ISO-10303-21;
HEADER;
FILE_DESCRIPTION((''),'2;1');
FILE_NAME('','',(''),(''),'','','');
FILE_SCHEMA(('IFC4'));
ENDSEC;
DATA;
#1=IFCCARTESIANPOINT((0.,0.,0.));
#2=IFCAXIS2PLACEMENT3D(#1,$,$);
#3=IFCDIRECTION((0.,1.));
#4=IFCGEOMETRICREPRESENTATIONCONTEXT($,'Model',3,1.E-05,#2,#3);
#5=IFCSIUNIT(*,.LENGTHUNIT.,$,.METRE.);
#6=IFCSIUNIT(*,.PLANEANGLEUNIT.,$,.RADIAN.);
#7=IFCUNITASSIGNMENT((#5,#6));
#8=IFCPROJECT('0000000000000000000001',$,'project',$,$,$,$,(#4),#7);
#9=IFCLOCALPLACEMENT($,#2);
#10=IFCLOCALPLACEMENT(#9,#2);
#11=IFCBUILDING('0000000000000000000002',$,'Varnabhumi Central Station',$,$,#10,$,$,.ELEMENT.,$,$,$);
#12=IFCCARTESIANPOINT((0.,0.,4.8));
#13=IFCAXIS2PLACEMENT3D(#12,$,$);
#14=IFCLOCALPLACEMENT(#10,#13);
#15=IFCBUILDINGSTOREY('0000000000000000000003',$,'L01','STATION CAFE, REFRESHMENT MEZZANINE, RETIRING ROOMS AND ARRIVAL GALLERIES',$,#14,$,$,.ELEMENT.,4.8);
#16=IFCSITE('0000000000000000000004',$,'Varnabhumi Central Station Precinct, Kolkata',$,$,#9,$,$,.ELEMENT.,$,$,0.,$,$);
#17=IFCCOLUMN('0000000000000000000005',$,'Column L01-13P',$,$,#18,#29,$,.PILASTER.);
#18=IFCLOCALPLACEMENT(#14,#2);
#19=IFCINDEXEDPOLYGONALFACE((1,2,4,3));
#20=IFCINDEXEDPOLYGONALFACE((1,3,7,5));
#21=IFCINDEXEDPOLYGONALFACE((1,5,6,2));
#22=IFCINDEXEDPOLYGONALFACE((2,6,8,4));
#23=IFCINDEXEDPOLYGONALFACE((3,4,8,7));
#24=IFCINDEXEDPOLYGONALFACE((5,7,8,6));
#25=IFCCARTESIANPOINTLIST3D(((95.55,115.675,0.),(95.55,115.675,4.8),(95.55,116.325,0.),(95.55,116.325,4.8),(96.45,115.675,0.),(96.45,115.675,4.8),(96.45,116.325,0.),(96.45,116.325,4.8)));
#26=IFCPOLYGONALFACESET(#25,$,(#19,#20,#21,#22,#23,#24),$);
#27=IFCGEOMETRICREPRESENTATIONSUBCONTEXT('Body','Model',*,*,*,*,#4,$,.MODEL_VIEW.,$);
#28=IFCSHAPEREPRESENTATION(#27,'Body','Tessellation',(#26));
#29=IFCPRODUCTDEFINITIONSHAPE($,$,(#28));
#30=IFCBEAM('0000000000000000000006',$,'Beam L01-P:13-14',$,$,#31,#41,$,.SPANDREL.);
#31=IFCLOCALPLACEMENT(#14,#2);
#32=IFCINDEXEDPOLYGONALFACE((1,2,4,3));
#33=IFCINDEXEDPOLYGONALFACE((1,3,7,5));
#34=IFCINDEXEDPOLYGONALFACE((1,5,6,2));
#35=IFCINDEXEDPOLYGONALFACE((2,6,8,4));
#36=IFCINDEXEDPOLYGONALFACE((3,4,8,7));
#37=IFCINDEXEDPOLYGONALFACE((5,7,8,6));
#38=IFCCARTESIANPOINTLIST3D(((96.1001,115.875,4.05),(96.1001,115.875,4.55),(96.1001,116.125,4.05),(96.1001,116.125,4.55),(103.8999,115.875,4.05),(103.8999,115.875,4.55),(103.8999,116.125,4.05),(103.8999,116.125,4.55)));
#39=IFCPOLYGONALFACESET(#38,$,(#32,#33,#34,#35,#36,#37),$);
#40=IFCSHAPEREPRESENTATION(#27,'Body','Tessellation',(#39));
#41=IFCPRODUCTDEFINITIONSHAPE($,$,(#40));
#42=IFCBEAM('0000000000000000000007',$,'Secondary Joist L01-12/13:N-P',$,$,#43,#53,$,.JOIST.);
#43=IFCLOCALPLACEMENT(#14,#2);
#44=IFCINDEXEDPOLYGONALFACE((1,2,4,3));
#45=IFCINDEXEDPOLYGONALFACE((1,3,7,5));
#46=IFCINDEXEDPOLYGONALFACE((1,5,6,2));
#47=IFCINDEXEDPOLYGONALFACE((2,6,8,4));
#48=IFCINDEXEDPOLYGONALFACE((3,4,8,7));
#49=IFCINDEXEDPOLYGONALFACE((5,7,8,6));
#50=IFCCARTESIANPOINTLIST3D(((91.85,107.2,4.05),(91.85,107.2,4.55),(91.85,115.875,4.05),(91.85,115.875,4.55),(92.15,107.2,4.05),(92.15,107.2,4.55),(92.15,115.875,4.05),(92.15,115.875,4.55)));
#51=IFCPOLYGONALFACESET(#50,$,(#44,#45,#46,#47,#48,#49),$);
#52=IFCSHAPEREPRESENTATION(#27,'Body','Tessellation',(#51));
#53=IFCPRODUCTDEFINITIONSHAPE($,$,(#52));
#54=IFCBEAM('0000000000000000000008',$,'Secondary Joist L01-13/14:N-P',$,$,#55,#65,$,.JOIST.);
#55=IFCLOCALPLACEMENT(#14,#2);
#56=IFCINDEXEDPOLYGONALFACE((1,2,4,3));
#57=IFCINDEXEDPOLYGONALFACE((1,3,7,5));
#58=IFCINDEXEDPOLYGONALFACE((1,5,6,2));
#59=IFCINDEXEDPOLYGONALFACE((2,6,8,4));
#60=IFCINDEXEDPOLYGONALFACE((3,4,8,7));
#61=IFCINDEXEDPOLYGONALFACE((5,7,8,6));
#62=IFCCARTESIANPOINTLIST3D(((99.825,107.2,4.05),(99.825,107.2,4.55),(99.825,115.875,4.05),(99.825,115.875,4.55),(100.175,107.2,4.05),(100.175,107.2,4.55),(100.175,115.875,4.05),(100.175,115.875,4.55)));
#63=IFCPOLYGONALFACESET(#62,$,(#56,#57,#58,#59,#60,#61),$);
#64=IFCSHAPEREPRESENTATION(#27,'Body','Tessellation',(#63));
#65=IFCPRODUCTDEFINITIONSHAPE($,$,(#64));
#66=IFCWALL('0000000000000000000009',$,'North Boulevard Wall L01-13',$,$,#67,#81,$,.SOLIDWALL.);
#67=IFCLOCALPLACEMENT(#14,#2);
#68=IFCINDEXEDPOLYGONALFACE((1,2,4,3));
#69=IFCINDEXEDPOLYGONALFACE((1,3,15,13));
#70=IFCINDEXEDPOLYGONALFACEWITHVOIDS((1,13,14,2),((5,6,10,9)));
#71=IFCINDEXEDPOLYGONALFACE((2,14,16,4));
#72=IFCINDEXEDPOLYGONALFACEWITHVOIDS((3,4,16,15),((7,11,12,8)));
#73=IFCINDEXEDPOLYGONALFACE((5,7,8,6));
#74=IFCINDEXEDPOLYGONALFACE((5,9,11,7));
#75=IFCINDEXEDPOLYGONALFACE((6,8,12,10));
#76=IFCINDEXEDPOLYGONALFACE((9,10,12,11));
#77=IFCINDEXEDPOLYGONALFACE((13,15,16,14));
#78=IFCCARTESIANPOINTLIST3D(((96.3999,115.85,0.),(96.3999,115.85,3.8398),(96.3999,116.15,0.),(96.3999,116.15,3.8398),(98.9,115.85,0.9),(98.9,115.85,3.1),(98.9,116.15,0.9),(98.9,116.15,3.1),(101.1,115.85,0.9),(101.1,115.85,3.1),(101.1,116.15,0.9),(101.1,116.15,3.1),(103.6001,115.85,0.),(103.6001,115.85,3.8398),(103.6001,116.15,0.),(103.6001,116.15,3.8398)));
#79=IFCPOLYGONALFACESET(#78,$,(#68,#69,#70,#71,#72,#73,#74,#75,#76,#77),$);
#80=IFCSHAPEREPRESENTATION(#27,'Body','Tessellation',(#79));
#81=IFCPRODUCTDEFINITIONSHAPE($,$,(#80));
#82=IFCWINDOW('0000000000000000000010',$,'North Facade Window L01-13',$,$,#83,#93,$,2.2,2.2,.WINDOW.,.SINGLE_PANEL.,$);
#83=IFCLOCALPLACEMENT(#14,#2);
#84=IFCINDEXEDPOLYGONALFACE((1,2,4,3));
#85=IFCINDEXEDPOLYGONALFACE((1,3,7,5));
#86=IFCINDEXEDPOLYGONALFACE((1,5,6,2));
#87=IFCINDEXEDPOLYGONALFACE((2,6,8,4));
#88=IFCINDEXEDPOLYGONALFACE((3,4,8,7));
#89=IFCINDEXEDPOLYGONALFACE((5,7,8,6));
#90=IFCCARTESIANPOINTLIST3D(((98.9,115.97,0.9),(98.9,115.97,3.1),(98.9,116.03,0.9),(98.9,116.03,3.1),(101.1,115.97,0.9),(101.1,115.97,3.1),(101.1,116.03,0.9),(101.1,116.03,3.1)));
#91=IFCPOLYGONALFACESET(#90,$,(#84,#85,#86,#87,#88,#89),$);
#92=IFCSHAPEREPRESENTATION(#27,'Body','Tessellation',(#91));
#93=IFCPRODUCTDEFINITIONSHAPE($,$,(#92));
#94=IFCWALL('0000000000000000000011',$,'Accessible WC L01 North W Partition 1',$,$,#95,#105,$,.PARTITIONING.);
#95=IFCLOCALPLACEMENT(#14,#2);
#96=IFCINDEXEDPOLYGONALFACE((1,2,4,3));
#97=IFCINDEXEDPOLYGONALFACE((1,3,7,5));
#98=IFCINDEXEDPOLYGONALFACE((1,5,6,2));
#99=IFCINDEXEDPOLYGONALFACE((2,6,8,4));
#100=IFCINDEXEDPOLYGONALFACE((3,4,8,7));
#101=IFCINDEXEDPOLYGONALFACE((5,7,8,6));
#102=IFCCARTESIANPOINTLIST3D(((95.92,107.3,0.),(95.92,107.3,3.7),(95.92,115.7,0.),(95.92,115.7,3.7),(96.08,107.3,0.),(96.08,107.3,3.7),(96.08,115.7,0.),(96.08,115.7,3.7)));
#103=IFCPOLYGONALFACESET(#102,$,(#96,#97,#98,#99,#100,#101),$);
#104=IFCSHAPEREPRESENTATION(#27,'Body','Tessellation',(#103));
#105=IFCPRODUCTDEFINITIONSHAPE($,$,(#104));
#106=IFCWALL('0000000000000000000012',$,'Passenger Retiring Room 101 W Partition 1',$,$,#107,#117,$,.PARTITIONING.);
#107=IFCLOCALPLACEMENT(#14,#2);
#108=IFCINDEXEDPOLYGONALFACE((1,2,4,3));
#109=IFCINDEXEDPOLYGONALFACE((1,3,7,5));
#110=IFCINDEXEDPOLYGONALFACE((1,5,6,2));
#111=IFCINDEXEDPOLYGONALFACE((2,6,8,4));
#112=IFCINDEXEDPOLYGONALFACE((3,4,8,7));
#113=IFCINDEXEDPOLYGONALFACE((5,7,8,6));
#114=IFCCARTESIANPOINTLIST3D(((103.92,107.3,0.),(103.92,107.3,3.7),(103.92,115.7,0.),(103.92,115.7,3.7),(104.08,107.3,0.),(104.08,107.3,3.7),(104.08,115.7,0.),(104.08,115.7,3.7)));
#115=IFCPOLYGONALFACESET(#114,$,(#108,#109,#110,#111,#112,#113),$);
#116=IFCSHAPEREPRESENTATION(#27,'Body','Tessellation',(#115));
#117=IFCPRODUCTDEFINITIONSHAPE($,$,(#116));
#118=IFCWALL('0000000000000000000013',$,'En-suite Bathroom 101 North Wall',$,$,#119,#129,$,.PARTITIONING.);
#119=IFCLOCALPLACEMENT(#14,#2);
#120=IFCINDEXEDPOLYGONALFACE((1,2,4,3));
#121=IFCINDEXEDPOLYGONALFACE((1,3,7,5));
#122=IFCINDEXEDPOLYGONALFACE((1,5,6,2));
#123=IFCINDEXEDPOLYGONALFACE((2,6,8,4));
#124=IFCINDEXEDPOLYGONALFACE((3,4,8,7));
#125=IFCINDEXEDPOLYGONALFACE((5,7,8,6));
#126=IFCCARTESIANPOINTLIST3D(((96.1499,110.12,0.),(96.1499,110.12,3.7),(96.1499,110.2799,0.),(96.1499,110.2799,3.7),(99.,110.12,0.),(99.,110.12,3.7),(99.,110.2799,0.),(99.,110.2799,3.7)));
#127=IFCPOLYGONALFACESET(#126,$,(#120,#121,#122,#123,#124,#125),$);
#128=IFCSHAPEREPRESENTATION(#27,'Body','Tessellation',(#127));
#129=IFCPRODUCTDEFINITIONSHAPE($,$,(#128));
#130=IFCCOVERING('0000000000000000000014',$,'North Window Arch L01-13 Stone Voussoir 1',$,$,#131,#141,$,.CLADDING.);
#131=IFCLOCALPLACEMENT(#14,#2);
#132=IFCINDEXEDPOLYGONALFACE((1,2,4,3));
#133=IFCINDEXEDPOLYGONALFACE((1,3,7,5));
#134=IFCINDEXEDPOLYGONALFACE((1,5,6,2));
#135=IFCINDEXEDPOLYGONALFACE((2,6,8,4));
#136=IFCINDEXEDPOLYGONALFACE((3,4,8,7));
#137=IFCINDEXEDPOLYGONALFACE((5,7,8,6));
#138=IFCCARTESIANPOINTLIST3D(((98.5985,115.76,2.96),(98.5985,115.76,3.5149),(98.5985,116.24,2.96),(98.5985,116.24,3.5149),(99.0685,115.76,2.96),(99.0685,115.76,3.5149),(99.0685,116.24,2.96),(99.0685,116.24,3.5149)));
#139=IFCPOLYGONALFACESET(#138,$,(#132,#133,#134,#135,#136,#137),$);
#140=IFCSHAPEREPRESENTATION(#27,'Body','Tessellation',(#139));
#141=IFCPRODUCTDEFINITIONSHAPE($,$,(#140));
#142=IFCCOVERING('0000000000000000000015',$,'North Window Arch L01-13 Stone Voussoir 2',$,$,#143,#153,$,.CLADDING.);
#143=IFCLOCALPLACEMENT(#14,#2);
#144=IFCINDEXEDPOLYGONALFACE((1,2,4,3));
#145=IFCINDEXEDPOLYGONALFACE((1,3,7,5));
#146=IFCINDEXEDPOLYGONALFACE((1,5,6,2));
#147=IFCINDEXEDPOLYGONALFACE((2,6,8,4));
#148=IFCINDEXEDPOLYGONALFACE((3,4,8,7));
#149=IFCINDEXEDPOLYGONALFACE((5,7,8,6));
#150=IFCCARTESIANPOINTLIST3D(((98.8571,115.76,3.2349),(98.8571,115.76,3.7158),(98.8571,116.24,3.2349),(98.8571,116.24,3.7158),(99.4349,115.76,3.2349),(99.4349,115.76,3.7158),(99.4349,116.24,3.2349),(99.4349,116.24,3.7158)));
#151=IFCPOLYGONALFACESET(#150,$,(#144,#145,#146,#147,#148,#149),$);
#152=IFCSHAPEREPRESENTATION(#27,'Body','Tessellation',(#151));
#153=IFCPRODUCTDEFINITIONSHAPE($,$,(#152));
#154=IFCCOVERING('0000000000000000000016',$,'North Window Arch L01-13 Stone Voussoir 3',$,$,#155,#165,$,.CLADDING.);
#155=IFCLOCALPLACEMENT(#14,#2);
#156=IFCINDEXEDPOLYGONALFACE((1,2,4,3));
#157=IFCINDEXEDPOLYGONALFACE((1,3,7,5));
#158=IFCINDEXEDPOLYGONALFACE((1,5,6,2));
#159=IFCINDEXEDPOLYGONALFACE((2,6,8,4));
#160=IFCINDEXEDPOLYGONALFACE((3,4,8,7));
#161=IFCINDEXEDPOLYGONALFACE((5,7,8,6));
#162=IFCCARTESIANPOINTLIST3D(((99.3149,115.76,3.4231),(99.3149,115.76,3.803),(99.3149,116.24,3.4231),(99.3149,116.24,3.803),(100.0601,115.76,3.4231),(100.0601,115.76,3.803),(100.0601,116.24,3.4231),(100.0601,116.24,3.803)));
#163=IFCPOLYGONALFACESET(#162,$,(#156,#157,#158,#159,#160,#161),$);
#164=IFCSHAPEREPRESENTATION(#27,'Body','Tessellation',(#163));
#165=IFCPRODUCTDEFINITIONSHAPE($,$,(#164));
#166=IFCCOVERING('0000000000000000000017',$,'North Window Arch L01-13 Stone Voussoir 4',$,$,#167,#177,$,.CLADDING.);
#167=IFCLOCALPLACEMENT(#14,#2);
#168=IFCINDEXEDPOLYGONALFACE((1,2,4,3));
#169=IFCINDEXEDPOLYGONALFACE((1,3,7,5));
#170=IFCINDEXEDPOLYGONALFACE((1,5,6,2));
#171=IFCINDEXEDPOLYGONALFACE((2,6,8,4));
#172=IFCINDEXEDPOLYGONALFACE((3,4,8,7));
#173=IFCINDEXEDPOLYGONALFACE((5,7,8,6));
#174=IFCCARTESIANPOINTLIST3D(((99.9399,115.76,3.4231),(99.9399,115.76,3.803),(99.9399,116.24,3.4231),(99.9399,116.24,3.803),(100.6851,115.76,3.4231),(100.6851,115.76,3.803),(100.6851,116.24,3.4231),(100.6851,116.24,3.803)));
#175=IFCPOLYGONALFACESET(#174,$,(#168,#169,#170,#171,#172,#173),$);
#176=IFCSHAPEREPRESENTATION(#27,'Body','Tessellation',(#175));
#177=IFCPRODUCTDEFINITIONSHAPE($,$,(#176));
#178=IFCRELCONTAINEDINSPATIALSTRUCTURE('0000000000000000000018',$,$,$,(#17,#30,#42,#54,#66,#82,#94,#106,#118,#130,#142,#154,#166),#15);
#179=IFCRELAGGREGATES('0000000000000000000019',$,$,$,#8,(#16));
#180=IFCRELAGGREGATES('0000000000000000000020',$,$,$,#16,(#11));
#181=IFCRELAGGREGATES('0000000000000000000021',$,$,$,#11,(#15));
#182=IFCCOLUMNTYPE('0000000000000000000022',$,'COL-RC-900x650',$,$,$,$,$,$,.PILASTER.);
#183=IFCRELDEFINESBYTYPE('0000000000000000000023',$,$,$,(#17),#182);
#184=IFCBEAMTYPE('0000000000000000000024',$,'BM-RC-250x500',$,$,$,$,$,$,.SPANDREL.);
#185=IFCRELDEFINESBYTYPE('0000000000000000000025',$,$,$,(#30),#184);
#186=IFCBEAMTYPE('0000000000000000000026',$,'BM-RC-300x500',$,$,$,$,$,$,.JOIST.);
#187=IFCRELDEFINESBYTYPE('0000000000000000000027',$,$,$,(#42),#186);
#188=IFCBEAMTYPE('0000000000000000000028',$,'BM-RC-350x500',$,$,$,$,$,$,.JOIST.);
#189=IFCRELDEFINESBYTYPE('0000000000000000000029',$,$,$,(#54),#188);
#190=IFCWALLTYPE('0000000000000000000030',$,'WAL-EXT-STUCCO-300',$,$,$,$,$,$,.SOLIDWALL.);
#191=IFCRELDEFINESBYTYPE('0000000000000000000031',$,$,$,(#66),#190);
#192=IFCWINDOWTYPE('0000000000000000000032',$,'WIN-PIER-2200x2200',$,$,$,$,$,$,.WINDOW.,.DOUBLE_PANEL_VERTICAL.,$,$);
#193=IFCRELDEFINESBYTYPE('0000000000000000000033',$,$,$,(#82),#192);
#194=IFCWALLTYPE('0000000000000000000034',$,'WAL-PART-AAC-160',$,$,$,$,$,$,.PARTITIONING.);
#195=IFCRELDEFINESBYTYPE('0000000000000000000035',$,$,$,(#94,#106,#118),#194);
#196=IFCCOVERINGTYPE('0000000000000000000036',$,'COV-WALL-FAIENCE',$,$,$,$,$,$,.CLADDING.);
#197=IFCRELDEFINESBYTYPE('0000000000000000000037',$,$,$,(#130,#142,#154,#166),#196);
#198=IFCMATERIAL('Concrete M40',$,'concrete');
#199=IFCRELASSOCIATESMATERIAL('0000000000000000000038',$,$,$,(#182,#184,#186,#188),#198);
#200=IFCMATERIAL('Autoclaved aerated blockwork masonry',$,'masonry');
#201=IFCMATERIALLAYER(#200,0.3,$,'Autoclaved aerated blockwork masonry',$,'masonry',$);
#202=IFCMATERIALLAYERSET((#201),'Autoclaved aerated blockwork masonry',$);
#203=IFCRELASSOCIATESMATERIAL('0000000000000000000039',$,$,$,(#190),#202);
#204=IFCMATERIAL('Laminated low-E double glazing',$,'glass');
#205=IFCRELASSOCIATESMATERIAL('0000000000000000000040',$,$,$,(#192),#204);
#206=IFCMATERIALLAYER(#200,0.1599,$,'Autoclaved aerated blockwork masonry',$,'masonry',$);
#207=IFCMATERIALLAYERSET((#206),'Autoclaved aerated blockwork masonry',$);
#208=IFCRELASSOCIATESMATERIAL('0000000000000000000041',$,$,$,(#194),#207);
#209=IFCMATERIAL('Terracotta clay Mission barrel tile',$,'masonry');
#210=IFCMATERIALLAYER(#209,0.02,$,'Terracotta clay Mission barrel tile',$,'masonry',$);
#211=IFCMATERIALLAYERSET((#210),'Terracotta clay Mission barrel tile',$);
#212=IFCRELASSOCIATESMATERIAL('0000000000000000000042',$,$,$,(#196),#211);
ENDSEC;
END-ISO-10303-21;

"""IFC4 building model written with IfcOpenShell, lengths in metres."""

from ifc_helpers import new_model, si_unit, direction, frame, frame_2d, origin, origin_2d, place, context, subcontext, project, spatial, rectangle, extrude, material, layer, layer_set, material_profile, profile_set, type_object, element, fill, save


model = new_model("IFC4")

# Units and contexts
model_context = context("Model", 3, precision=1e-05, world=origin(), true_north=direction((0.0, 1.0)))
body_context = subcontext(model_context, "Body", "Model", "MODEL_VIEW")
ifc_project = project(units=[si_unit("LENGTHUNIT", "METRE"), si_unit("PLANEANGLEUNIT", "RADIAN")], contexts=[model_context])

# Site, building, storey
site_placement = place(None, origin())
site = spatial("IfcSite", under=ifc_project, at=site_placement, Name="Varnabhumi Central Station Precinct, Kolkata", CompositionType="ELEMENT", RefElevation=0.0)
building_placement = place(site_placement, origin())
building = spatial("IfcBuilding", under=site, at=building_placement, Name="Varnabhumi Central Station", CompositionType="ELEMENT")
storey_placement = place(building_placement, frame((0.0, 0.0, 4.8)))
storey = spatial("IfcBuildingStorey", under=building, at=storey_placement, Name="L01", Description="STATION CAFE, REFRESHMENT MEZZANINE, RETIRING ROOMS AND ARRIVAL GALLERIES", CompositionType="ELEMENT", Elevation=4.8)

# Column
ifc_material_1 = material(Name="Concrete M40", Category="concrete")
ifc_material_profile_1 = material_profile(ifc_material_1, rectangle(XDim=0.8999, YDim=0.6499, at=origin_2d()), Name="Concrete M40", Category="concrete")
ifc_profile_set_1 = profile_set([ifc_material_profile_1], Name="Concrete M40")
column_type = type_object("IfcColumnType", Name="COL-RC-900x650", PredefinedType="PILASTER", material=ifc_profile_set_1)
column_placement = place(storey_placement, frame((96.0, 116.0, 0.0), z_axis=(0.0, 0.0, 1.0), x_axis=(1.0, 0.0, 0.0)))
element("IfcColumn", 1, at=column_placement, inside=storey, type_object=column_type, Name="Column L01-13P", PredefinedType="PILASTER", context=body_context, shape_type="SweptSolid", body=[
    extrude(rectangle(XDim=0.8999, YDim=0.6499, at=origin_2d()), origin(), (0.0, 0.0, 1.0), 4.8),
])

# Beams
ifc_material_profile_2 = material_profile(ifc_material_1, rectangle(XDim=0.25, YDim=0.5, at=origin_2d()), Name="Concrete M40", Category="concrete")
ifc_profile_set_2 = profile_set([ifc_material_profile_2], Name="Concrete M40")
beam_type_1 = type_object("IfcBeamType", Name="BM-RC-250x500", PredefinedType="SPANDREL", material=ifc_profile_set_2)
beam_1_placement = place(storey_placement, frame((96.1001, 116.0, 4.3), z_axis=(1.0, 0.0, 0.0), x_axis=(0.0, 1.0, 0.0)))
element("IfcBeam", 2, at=beam_1_placement, inside=storey, type_object=beam_type_1, Name="Beam L01-P:13-14", PredefinedType="SPANDREL", context=body_context, shape_type="SweptSolid", body=[
    extrude(rectangle(XDim=0.25, YDim=0.5, at=origin_2d()), origin(), (0.0, 0.0, 1.0), 7.7998),
])
ifc_material_profile_3 = material_profile(ifc_material_1, rectangle(XDim=0.3, YDim=0.5, at=origin_2d()), Name="Concrete M40", Category="concrete")
ifc_profile_set_3 = profile_set([ifc_material_profile_3], Name="Concrete M40")
beam_type_2 = type_object("IfcBeamType", Name="BM-RC-300x500", PredefinedType="JOIST", material=ifc_profile_set_3)
beam_2_placement = place(storey_placement, frame((92.0, 107.2, 4.3), z_axis=(0.0, 1.0, 0.0), x_axis=(-1.0, 0.0, 0.0)))
element("IfcBeam", 3, at=beam_2_placement, inside=storey, type_object=beam_type_2, Name="Secondary Joist L01-12/13:N-P", PredefinedType="JOIST", context=body_context, shape_type="SweptSolid", body=[
    extrude(rectangle(XDim=0.3, YDim=0.5, at=origin_2d()), origin(), (0.0, 0.0, 1.0), 8.675),
])
ifc_material_profile_4 = material_profile(ifc_material_1, rectangle(XDim=0.3501, YDim=0.5, at=origin_2d()), Name="Concrete M40", Category="concrete")
ifc_profile_set_4 = profile_set([ifc_material_profile_4], Name="Concrete M40")
beam_type_3 = type_object("IfcBeamType", Name="BM-RC-350x500", PredefinedType="JOIST", material=ifc_profile_set_4)
beam_3_placement = place(storey_placement, frame((100.0, 107.2, 4.3), z_axis=(0.0, 1.0, 0.0), x_axis=(-1.0, 0.0, 0.0)))
element("IfcBeam", 4, at=beam_3_placement, inside=storey, type_object=beam_type_3, Name="Secondary Joist L01-13/14:N-P", PredefinedType="JOIST", context=body_context, shape_type="SweptSolid", body=[
    extrude(rectangle(XDim=0.3501, YDim=0.5, at=origin_2d()), origin(), (0.0, 0.0, 1.0), 8.675),
])

# Wall, opening, window
ifc_material_2 = material(Name="Autoclaved aerated blockwork masonry", Category="masonry")
ifc_layer_1 = layer(ifc_material_2, 0.3, Name="Autoclaved aerated blockwork masonry", Category="masonry")
ifc_layer_set_1 = layer_set([ifc_layer_1], Name="Autoclaved aerated blockwork masonry")
wall_type_1 = type_object("IfcWallType", Name="WAL-EXT-STUCCO-300", PredefinedType="SOLIDWALL", material=ifc_layer_set_1)
wall_1_placement = place(storey_placement, frame((96.3999, 116.0, 0.0), z_axis=(0.0, 0.0, 1.0), x_axis=(1.0, 0.0, 0.0)))
wall_1 = element("IfcWall", 5, at=wall_1_placement, inside=storey, type_object=wall_type_1, Name="North Boulevard Wall L01-13", PredefinedType="SOLIDWALL", context=body_context, shape_type="SweptSolid", body=[
    extrude(rectangle(XDim=7.2002, YDim=0.3, at=frame_2d((3.6001, 0.0))), origin(), (0.0, 0.0, 1.0), 3.8398),
])
opening_placement = place(wall_1_placement, frame((2.5, 0.0, 0.8999)))
opening = element("IfcOpeningElement", 6, at=opening_placement, cuts=wall_1, PredefinedType="OPENING", context=body_context, shape_type="SweptSolid", body=[
    extrude(rectangle(XDim=2.2, YDim=2.2, at=frame_2d((1.1001, 1.1001))), frame((0.0, 0.1599, 0.0), z_axis=(0.0, -1.0, 0.0), x_axis=(1.0, 0.0, 0.0)), (0.0, 0.0, 1.0), 0.3201),
])
ifc_material_3 = material(Name="Laminated low-E double glazing", Category="glass")
window_type = type_object("IfcWindowType", Name="WIN-PIER-2200x2200", PartitioningType="DOUBLE_PANEL_VERTICAL", PredefinedType="WINDOW", material=ifc_material_3)
window_placement = place(opening_placement, origin())
window = element("IfcWindow", 7, at=window_placement, inside=storey, type_object=window_type, Name="North Facade Window L01-13", OverallHeight=2.2, OverallWidth=2.2, PartitioningType="SINGLE_PANEL", PredefinedType="WINDOW", context=body_context, shape_type="SweptSolid", body=[
    extrude(rectangle(XDim=2.2, YDim=2.2, at=frame_2d((1.1001, 1.1001))), frame((0.0, 0.03, 0.0), z_axis=(0.0, -1.0, 0.0), x_axis=(1.0, 0.0, 0.0)), (0.0, 0.0, 1.0), 0.0601),
])
fill(opening, window)

# Walls
ifc_layer_2 = layer(ifc_material_2, 0.1599, Name="Autoclaved aerated blockwork masonry", Category="masonry")
ifc_layer_set_2 = layer_set([ifc_layer_2], Name="Autoclaved aerated blockwork masonry")
wall_type_2 = type_object("IfcWallType", Name="WAL-PART-AAC-160", PredefinedType="PARTITIONING", material=ifc_layer_set_2)
for number, where, z_axis, x_axis, name in (
    (8, (96.0, 107.3, 0.0), (0.0, 0.0, 1.0), (0.0, 1.0, 0.0), "Accessible WC L01 North W Partition 1"),
    (9, (104.0, 107.3, 0.0), (0.0, 0.0, 1.0), (0.0, 1.0, 0.0), "Passenger Retiring Room 101 W Partition 1"),
):
    element("IfcWall", number, at=place(storey_placement, frame(where, z_axis=z_axis, x_axis=x_axis)), inside=storey, type_object=wall_type_2, Name=name, PredefinedType="PARTITIONING", context=body_context, shape_type="SweptSolid", body=[
        extrude(rectangle(XDim=8.3999, YDim=0.1599, at=frame_2d((4.2, 0.0))), origin(), (0.0, 0.0, 1.0), 3.7),
    ])
wall_2_placement = place(storey_placement, frame((96.1499, 110.2, 0.0), z_axis=(0.0, 0.0, 1.0), x_axis=(1.0, 0.0, 0.0)))
element("IfcWall", 10, at=wall_2_placement, inside=storey, type_object=wall_type_2, Name="En-suite Bathroom 101 North Wall", PredefinedType="PARTITIONING", context=body_context, shape_type="SweptSolid", body=[
    extrude(rectangle(XDim=2.8501, YDim=0.1599, at=frame_2d((1.425, 0.0))), origin(), (0.0, 0.0, 1.0), 3.7),
])

# Coverings
ifc_material_4 = material(Name="Terracotta clay Mission barrel tile", Category="masonry")
ifc_layer_3 = layer(ifc_material_4, 0.02, Name="Terracotta clay Mission barrel tile", Category="masonry")
ifc_layer_set_3 = layer_set([ifc_layer_3], Name="Terracotta clay Mission barrel tile")
covering_type = type_object("IfcCoveringType", Name="COV-WALL-FAIENCE", PredefinedType="CLADDING", material=ifc_layer_set_3)
covering_1_placement = place(storey_placement, frame((98.8335, 116.0, 2.96), z_axis=(0.0, 0.0, 1.0), x_axis=(1.0, 0.0, 0.0)))
element("IfcCovering", 11, at=covering_1_placement, inside=storey, type_object=covering_type, Name="North Window Arch L01-13 Stone Voussoir 1", PredefinedType="CLADDING", context=body_context, shape_type="SweptSolid", body=[
    extrude(rectangle(XDim=0.47, YDim=0.48, at=origin_2d()), origin(), (0.0, 0.0, 1.0), 0.5549),
])
covering_2_placement = place(storey_placement, frame((99.146, 116.0, 3.2349), z_axis=(0.0, 0.0, 1.0), x_axis=(1.0, 0.0, 0.0)))
element("IfcCovering", 12, at=covering_2_placement, inside=storey, type_object=covering_type, Name="North Window Arch L01-13 Stone Voussoir 2", PredefinedType="CLADDING", context=body_context, shape_type="SweptSolid", body=[
    extrude(rectangle(XDim=0.5779, YDim=0.48, at=origin_2d()), origin(), (0.0, 0.0, 1.0), 0.481),
])
for number, where, z_axis, x_axis, name in (
    (13, (99.6875, 116.0, 3.4231), (0.0, 0.0, 1.0), (1.0, 0.0, 0.0), "North Window Arch L01-13 Stone Voussoir 3"),
    (14, (100.3125, 116.0, 3.4231), (0.0, 0.0, 1.0), (1.0, 0.0, 0.0), "North Window Arch L01-13 Stone Voussoir 4"),
):
    element("IfcCovering", number, at=place(storey_placement, frame(where, z_axis=z_axis, x_axis=x_axis)), inside=storey, type_object=covering_type, Name=name, PredefinedType="CLADDING", context=body_context, shape_type="SweptSolid", body=[
        extrude(rectangle(XDim=0.7451, YDim=0.48, at=origin_2d()), origin(), (0.0, 0.0, 1.0), 0.3799),
    ])

save(model, "model.ifc")
